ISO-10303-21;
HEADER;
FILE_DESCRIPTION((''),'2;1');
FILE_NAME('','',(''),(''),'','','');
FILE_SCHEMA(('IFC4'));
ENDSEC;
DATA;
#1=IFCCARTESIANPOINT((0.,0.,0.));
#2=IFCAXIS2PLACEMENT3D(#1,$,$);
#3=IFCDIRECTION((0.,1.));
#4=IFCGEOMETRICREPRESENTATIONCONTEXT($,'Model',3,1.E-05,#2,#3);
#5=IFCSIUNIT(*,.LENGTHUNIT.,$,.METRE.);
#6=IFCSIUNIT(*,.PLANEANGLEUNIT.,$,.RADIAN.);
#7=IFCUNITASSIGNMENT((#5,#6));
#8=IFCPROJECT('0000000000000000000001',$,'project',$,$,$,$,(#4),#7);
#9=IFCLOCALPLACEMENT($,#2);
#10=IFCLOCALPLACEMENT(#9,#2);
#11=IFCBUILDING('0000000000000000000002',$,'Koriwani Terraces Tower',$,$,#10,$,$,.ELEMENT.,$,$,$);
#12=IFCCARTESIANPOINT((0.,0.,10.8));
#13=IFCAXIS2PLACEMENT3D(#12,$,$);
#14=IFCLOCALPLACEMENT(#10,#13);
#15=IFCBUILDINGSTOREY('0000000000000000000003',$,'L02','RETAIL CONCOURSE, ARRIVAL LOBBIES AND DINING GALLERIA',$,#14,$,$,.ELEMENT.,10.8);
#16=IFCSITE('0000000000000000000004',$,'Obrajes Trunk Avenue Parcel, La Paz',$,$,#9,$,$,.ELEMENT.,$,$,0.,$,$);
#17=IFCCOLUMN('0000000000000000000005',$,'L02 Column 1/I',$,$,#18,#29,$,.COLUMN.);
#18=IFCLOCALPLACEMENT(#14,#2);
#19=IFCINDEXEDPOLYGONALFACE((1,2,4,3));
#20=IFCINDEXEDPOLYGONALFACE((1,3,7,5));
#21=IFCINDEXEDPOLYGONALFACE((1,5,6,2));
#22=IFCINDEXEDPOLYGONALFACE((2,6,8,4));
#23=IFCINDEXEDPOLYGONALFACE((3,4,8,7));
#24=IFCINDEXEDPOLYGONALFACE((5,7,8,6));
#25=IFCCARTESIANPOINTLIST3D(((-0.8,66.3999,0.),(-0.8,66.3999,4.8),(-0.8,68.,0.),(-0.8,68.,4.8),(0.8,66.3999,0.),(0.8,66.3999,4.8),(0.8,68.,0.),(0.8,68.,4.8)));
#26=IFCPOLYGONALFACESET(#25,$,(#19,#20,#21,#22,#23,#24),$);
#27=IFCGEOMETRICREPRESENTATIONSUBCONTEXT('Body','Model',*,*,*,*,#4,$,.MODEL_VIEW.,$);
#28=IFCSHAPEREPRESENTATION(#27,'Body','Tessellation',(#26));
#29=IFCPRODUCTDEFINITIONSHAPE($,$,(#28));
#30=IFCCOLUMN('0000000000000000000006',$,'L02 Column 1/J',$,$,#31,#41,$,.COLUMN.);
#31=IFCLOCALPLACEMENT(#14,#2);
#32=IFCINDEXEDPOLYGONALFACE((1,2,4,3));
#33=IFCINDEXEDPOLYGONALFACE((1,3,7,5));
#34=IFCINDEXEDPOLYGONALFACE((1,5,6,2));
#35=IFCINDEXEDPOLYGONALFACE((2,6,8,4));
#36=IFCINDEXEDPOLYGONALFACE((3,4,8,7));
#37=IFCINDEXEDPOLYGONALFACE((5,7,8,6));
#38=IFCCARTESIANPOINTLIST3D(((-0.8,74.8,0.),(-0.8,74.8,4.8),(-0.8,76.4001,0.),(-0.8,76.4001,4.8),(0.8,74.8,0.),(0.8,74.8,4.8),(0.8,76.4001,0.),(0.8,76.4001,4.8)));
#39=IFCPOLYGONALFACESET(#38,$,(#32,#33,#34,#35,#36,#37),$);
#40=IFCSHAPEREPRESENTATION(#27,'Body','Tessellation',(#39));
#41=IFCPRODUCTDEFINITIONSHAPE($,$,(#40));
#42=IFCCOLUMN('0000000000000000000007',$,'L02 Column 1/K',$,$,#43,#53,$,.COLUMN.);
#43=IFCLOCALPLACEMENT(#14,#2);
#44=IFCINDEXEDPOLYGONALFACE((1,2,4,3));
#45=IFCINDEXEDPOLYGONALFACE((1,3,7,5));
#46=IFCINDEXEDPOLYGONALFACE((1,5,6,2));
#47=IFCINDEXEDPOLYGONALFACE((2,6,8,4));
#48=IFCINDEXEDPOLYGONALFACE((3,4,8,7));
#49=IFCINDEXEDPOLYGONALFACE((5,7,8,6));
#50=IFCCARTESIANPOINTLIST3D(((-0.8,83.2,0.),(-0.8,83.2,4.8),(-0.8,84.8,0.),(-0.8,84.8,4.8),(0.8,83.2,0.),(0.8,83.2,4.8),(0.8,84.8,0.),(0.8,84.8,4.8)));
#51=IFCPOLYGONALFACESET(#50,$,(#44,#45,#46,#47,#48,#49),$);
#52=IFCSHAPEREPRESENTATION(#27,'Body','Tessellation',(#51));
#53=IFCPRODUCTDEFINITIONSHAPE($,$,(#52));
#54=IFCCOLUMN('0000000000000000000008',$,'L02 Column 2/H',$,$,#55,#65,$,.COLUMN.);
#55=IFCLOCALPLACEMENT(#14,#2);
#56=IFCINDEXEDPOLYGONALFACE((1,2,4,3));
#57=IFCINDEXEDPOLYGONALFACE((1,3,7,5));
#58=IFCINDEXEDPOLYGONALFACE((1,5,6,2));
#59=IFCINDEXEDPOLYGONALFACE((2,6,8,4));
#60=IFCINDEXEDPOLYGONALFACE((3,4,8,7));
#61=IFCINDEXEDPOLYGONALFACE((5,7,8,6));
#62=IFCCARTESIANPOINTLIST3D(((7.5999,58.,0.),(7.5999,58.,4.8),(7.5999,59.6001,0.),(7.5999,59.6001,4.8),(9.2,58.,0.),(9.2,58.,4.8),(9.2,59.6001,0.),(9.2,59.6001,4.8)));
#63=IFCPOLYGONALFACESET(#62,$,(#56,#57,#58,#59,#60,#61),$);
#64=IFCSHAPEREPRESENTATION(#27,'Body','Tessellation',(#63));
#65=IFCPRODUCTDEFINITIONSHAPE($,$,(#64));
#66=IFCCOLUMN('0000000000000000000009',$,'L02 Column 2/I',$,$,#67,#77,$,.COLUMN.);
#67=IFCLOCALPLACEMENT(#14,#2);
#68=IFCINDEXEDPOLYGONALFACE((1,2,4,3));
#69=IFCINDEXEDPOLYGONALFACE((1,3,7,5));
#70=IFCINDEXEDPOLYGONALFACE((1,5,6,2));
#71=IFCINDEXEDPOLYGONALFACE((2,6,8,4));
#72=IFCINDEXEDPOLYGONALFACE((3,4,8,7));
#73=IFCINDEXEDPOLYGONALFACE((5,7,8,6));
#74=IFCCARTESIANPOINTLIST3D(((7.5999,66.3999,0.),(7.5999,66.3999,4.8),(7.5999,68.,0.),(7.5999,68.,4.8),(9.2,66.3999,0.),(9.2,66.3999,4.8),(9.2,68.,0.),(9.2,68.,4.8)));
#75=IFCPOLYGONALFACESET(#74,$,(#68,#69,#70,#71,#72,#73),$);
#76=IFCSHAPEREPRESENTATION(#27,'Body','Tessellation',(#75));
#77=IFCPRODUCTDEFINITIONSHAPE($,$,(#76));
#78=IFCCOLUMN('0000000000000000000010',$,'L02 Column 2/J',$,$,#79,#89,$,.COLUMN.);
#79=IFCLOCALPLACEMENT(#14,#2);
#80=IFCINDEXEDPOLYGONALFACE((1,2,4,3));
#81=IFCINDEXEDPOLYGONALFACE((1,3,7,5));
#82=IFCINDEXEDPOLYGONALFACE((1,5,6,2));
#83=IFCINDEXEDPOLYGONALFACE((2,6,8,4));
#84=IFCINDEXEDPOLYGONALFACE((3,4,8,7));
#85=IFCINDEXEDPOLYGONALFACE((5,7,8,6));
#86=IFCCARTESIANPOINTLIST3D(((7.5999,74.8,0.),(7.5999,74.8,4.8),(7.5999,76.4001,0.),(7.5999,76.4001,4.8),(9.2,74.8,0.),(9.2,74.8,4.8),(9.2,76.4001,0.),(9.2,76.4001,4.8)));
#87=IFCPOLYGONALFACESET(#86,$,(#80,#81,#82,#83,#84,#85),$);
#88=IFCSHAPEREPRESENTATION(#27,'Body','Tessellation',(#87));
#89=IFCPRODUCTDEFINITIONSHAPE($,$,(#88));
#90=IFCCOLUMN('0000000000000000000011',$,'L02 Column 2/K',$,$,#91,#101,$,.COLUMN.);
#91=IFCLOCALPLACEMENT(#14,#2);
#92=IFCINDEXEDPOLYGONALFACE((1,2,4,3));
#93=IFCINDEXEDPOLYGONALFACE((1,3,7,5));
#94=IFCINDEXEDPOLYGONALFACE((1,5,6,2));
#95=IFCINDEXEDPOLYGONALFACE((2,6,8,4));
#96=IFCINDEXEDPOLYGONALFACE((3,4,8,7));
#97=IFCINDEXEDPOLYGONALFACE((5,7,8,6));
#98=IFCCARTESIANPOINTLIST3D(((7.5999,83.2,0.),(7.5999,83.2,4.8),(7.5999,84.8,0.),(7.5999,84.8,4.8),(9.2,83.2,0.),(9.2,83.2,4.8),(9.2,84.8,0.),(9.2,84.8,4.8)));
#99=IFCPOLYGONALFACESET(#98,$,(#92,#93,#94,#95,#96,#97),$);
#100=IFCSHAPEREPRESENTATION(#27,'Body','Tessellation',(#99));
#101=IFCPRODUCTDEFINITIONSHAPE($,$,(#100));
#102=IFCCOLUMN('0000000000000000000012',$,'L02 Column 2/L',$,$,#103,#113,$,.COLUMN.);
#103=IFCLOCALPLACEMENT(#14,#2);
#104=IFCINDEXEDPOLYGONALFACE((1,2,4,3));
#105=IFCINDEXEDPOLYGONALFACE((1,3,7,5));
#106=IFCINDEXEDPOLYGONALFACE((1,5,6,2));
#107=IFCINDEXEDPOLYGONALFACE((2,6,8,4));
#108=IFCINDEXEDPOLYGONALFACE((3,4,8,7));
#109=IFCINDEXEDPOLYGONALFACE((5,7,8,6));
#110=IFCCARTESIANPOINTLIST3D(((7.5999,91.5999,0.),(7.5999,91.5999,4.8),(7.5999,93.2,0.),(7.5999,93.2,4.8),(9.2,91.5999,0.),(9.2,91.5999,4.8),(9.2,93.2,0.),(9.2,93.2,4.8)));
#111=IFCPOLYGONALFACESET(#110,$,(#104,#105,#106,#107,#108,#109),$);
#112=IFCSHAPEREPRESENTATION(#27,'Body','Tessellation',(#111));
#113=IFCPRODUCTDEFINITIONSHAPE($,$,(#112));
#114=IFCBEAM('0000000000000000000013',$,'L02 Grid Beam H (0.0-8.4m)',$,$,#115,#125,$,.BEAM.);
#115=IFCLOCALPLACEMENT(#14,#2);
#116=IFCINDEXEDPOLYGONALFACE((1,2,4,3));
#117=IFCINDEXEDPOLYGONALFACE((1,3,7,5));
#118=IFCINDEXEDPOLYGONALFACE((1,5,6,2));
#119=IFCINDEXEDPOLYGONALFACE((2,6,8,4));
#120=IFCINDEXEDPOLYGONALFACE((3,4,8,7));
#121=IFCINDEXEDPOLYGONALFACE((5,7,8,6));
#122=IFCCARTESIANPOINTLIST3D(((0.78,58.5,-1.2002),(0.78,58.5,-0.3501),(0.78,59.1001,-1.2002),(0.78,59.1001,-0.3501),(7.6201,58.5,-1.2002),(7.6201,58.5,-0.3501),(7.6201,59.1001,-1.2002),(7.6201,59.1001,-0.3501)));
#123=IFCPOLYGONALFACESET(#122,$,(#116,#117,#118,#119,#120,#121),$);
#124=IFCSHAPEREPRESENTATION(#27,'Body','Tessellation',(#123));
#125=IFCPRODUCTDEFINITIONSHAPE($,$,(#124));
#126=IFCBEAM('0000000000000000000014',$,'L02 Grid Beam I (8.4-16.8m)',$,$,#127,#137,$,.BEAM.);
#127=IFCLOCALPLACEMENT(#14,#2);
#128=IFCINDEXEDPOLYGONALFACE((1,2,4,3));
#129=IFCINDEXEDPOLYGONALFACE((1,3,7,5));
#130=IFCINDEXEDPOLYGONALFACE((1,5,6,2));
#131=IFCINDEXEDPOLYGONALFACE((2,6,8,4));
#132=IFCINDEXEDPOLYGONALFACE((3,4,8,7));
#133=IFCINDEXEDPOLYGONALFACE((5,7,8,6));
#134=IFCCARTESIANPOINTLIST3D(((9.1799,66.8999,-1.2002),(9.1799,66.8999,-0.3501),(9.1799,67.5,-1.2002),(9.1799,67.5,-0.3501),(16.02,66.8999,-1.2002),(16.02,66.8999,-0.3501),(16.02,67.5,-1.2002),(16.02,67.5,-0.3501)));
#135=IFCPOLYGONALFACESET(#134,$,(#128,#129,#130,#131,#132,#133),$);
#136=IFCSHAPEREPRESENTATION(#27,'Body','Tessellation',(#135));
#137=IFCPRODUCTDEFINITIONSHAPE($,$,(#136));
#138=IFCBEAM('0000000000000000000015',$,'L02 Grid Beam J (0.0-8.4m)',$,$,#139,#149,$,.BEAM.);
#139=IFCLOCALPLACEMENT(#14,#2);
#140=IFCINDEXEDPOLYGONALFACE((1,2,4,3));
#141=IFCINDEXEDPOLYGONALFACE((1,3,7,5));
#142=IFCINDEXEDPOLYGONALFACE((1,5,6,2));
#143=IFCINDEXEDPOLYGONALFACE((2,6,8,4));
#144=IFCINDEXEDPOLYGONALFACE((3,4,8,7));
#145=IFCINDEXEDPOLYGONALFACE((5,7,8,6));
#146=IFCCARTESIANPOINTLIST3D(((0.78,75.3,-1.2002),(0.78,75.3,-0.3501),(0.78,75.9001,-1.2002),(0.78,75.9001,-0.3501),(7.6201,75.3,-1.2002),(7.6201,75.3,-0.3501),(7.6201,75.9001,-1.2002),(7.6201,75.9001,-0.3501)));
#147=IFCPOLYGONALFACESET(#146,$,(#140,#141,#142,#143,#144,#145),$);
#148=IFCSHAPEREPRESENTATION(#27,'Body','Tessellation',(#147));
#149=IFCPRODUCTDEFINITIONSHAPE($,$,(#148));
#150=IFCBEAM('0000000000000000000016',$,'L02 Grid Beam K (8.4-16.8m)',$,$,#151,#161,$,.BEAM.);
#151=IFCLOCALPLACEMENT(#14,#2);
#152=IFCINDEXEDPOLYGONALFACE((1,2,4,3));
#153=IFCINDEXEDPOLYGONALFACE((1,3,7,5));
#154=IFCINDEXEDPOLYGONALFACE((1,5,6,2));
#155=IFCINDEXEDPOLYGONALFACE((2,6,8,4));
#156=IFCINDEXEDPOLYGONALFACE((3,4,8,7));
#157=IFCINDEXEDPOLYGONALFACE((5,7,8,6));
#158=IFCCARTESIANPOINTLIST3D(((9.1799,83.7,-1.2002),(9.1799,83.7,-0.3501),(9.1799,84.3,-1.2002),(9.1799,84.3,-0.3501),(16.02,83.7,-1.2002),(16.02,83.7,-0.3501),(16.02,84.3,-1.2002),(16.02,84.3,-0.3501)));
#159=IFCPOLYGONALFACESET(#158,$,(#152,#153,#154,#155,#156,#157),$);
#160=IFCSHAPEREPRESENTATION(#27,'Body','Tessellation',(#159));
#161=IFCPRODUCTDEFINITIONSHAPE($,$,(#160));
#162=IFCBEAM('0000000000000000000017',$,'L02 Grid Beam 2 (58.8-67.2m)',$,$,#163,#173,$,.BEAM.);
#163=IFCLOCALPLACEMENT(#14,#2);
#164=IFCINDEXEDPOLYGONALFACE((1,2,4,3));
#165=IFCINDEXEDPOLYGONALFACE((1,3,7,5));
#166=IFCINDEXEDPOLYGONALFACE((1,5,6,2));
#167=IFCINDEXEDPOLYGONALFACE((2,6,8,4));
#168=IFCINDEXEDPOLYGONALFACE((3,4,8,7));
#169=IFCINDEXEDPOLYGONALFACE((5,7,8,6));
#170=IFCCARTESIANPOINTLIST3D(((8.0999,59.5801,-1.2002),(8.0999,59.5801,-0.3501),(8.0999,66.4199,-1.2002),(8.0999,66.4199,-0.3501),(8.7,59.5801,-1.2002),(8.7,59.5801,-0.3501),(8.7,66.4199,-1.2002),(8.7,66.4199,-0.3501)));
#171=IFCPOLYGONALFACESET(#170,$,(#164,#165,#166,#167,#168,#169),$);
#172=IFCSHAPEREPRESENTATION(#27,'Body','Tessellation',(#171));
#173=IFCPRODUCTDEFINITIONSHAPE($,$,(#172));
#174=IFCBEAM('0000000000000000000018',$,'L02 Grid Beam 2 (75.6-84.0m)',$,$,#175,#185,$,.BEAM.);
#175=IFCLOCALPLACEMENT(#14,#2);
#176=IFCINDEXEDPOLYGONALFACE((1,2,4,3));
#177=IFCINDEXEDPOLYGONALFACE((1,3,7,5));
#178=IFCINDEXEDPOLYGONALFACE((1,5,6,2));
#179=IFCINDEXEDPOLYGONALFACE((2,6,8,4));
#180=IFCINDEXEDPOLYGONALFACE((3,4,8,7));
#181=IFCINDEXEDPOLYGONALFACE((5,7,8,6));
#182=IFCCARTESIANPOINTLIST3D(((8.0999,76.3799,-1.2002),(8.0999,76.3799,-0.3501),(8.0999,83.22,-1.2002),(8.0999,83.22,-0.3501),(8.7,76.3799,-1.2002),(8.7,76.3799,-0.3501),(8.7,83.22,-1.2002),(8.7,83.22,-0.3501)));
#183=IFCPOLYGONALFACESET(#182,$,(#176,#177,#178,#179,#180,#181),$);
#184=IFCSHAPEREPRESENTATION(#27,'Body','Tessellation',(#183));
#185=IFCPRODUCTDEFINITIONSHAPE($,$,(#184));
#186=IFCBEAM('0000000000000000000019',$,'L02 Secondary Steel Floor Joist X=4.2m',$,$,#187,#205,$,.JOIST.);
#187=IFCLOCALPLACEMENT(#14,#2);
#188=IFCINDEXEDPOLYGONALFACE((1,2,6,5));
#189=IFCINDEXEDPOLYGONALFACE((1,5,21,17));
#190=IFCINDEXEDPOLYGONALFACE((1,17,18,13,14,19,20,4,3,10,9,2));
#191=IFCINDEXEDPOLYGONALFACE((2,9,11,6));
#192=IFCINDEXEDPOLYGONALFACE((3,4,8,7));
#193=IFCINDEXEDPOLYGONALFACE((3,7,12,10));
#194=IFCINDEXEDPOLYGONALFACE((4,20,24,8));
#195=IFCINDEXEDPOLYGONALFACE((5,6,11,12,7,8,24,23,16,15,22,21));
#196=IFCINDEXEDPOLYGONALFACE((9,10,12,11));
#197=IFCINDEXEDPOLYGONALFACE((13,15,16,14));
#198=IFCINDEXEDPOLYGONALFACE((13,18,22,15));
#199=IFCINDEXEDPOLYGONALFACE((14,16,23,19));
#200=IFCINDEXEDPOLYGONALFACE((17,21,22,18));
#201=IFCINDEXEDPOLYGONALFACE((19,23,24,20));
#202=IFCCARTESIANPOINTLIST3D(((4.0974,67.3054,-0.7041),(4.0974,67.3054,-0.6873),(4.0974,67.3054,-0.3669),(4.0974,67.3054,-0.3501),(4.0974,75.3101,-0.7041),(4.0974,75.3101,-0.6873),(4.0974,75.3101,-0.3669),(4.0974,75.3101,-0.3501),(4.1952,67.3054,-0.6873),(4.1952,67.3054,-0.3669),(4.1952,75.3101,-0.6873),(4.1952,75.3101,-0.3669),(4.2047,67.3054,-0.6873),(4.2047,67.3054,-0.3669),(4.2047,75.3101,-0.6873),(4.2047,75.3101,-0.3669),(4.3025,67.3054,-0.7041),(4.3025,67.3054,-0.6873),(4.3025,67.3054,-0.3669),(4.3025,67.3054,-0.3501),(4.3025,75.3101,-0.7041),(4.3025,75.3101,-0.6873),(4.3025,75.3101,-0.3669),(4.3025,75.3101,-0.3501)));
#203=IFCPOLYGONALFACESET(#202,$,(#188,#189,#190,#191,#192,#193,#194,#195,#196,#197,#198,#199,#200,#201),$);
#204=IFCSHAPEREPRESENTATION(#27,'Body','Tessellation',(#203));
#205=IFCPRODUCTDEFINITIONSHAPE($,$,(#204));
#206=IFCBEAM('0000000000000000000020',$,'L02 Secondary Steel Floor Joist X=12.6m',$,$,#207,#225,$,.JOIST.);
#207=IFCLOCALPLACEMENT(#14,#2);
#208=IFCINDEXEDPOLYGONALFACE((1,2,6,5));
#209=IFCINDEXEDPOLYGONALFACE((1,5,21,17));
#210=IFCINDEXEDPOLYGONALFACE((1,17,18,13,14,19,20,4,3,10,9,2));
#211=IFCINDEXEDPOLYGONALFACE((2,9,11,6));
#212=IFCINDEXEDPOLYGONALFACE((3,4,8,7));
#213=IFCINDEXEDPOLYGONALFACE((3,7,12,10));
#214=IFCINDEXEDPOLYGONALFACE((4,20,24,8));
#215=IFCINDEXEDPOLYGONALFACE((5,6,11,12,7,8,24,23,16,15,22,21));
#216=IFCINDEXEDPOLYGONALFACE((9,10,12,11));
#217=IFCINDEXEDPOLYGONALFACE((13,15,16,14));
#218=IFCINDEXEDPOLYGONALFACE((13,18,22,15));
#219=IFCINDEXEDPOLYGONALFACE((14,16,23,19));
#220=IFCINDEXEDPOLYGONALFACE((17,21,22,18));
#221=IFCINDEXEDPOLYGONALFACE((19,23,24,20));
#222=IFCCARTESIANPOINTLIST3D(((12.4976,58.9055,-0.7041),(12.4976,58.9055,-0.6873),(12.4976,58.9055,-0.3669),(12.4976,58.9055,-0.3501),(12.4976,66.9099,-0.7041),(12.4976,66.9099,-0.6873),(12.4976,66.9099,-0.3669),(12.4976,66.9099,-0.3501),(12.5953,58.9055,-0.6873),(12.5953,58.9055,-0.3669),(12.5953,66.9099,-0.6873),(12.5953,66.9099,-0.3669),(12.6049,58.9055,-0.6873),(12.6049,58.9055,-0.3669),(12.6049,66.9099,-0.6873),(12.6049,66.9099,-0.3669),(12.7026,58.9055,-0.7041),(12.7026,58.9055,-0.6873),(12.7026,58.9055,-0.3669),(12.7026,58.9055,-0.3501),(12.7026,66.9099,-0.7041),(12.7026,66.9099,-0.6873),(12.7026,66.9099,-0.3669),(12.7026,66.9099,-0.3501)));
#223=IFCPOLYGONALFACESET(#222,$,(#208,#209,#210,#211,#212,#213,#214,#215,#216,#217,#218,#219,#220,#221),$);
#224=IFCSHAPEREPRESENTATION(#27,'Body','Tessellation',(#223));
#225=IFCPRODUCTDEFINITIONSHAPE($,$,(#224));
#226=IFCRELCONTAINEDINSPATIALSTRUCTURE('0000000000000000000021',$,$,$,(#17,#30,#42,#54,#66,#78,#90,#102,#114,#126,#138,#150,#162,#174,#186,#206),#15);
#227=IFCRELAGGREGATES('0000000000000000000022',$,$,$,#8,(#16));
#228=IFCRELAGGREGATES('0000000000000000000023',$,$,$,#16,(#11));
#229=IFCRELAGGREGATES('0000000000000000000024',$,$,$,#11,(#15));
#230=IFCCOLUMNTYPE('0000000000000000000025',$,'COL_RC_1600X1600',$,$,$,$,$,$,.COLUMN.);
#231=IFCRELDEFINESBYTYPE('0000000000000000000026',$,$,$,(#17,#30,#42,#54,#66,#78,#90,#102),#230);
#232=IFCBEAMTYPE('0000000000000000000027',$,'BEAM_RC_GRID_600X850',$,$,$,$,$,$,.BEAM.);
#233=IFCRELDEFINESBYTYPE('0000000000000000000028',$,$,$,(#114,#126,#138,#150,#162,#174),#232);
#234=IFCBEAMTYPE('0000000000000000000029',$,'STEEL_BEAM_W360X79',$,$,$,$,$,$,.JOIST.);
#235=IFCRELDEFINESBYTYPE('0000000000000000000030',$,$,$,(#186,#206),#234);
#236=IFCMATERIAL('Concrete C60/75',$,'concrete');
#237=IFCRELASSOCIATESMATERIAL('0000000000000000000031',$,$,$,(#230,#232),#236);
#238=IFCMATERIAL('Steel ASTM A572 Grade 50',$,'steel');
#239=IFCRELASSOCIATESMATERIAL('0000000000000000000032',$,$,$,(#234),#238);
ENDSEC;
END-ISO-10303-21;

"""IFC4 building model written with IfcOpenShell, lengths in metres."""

from ifc_helpers import new_model, si_unit, direction, frame, origin, origin_2d, place, context, subcontext, project, spatial, rectangle, i_section, extrude, material, material_profile, profile_set, type_object, element, save


model = new_model("IFC4")

# Units and contexts
model_context = context("Model", 3, precision=1e-05, world=origin(), true_north=direction((0.0, 1.0)))
body_context = subcontext(model_context, "Body", "Model", "MODEL_VIEW")
ifc_project = project(units=[si_unit("LENGTHUNIT", "METRE"), si_unit("PLANEANGLEUNIT", "RADIAN")], contexts=[model_context])

# Site, building, storey
site_placement = place(None, origin())
site = spatial("IfcSite", under=ifc_project, at=site_placement, Name="Obrajes Trunk Avenue Parcel, La Paz", CompositionType="ELEMENT", RefElevation=0.0)
building_placement = place(site_placement, origin())
building = spatial("IfcBuilding", under=site, at=building_placement, Name="Koriwani Terraces Tower", CompositionType="ELEMENT")
storey_placement = place(building_placement, frame((0.0, 0.0, 10.8)))
storey = spatial("IfcBuildingStorey", under=building, at=storey_placement, Name="L02", Description="RETAIL CONCOURSE, ARRIVAL LOBBIES AND DINING GALLERIA", CompositionType="ELEMENT", Elevation=10.8)

# Columns
ifc_material_1 = material(Name="Concrete C60/75", Category="concrete")
ifc_material_profile_1 = material_profile(ifc_material_1, rectangle(XDim=1.6001, YDim=1.6001, at=origin_2d()), Name="Concrete C60/75", Category="LoadBearing")
ifc_profile_set_1 = profile_set([ifc_material_profile_1], Name="Concrete C60/75")
column_type = type_object("IfcColumnType", Name="COL_RC_1600X1600", PredefinedType="COLUMN", material=ifc_profile_set_1)
for number, where, z_axis, x_axis, name in (
    (1, (0.0, 67.2, 0.0), (0.0, 0.0, 1.0), (1.0, 0.0, 0.0), "L02 Column 1/I"),
    (2, (0.0, 75.6001, 0.0), (0.0, 0.0, 1.0), (1.0, 0.0, 0.0), "L02 Column 1/J"),
    (3, (0.0, 84.0, 0.0), (0.0, 0.0, 1.0), (1.0, 0.0, 0.0), "L02 Column 1/K"),
    (4, (8.3999, 58.8, 0.0), (0.0, 0.0, 1.0), (1.0, 0.0, 0.0), "L02 Column 2/H"),
    (5, (8.3999, 67.2, 0.0), (0.0, 0.0, 1.0), (1.0, 0.0, 0.0), "L02 Column 2/I"),
    (6, (8.3999, 75.6001, 0.0), (0.0, 0.0, 1.0), (1.0, 0.0, 0.0), "L02 Column 2/J"),
    (7, (8.3999, 84.0, 0.0), (0.0, 0.0, 1.0), (1.0, 0.0, 0.0), "L02 Column 2/K"),
    (8, (8.3999, 92.3999, 0.0), (0.0, 0.0, 1.0), (1.0, 0.0, 0.0), "L02 Column 2/L"),
):
    element("IfcColumn", number, at=place(storey_placement, frame(where, z_axis=z_axis, x_axis=x_axis)), inside=storey, type_object=column_type, Name=name, PredefinedType="COLUMN", context=body_context, shape_type="SweptSolid", body=[
        extrude(rectangle(XDim=1.6001, YDim=1.6001, at=origin_2d()), origin(), (0.0, 0.0, 1.0), 4.8),
    ])

# Beams
ifc_material_profile_2 = material_profile(ifc_material_1, rectangle(XDim=0.6001, YDim=0.8501, at=origin_2d()), Name="Concrete C60/75", Category="LoadBearing")
ifc_profile_set_2 = profile_set([ifc_material_profile_2], Name="Concrete C60/75")
beam_type_1 = type_object("IfcBeamType", Name="BEAM_RC_GRID_600X850", PredefinedType="BEAM", material=ifc_profile_set_2)
for number, where, z_axis, x_axis, name in (
    (9, (0.78, 58.8, -0.7751), (1.0, 0.0, 0.0), (0.0, 1.0, 0.0), "L02 Grid Beam H (0.0-8.4m)"),
    (10, (9.1799, 67.2, -0.7751), (1.0, 0.0, 0.0), (0.0, 1.0, 0.0), "L02 Grid Beam I (8.4-16.8m)"),
    (11, (0.78, 75.6001, -0.7751), (1.0, 0.0, 0.0), (0.0, 1.0, 0.0), "L02 Grid Beam J (0.0-8.4m)"),
    (12, (9.1799, 84.0, -0.7751), (1.0, 0.0, 0.0), (0.0, 1.0, 0.0), "L02 Grid Beam K (8.4-16.8m)"),
):
    element("IfcBeam", number, at=place(storey_placement, frame(where, z_axis=z_axis, x_axis=x_axis)), inside=storey, type_object=beam_type_1, Name=name, PredefinedType="BEAM", context=body_context, shape_type="SweptSolid", body=[
        extrude(rectangle(XDim=0.6001, YDim=0.8501, at=origin_2d()), origin(), (0.0, 0.0, 1.0), 6.8401),
    ])
beam_1_placement = place(storey_placement, frame((8.3999, 59.5801, -0.7751), z_axis=(0.0, 1.0, 0.0), x_axis=(-1.0, 0.0, 0.0)))
element("IfcBeam", 13, at=beam_1_placement, inside=storey, type_object=beam_type_1, Name="L02 Grid Beam 2 (58.8-67.2m)", PredefinedType="BEAM", context=body_context, shape_type="SweptSolid", body=[
    extrude(rectangle(XDim=0.6001, YDim=0.8501, at=origin_2d()), origin(), (0.0, 0.0, 1.0), 6.8398),
])
beam_2_placement = place(storey_placement, frame((8.3999, 76.3799, -0.7751), z_axis=(0.0, 1.0, 0.0), x_axis=(-1.0, 0.0, 0.0)))
element("IfcBeam", 14, at=beam_2_placement, inside=storey, type_object=beam_type_1, Name="L02 Grid Beam 2 (75.6-84.0m)", PredefinedType="BEAM", context=body_context, shape_type="SweptSolid", body=[
    extrude(rectangle(XDim=0.6001, YDim=0.8501, at=origin_2d()), origin(), (0.0, 0.0, 1.0), 6.8401),
])
ifc_material_2 = material(Name="Steel ASTM A572 Grade 50", Category="steel")
ifc_material_profile_3 = material_profile(ifc_material_2, i_section(OverallWidth=0.2051, OverallDepth=0.354, WebThickness=0.0095, FlangeThickness=0.0168, at=origin_2d()), Name="Steel ASTM A572 Grade 50", Category="LoadBearing")
ifc_profile_set_3 = profile_set([ifc_material_profile_3], Name="Steel ASTM A572 Grade 50")
beam_type_2 = type_object("IfcBeamType", Name="STEEL_BEAM_W360X79", PredefinedType="JOIST", material=ifc_profile_set_3)
beam_3_placement = place(storey_placement, frame((4.2, 67.3054, -0.5271), z_axis=(0.0, 1.0, 0.0), x_axis=(-1.0, 0.0, 0.0)))
element("IfcBeam", 15, at=beam_3_placement, inside=storey, type_object=beam_type_2, Name="L02 Secondary Steel Floor Joist X=4.2m", PredefinedType="JOIST", context=body_context, shape_type="SweptSolid", body=[
    extrude(i_section(OverallWidth=0.2051, OverallDepth=0.354, WebThickness=0.0095, FlangeThickness=0.0168, at=origin_2d()), origin(), (0.0, 0.0, 1.0), 8.0046),
])
for number, where, z_axis, x_axis, name in (
    (16, (12.6001, 58.9055, -0.5271), (0.0, 1.0, 0.0), (-1.0, 0.0, 0.0), "L02 Secondary Steel Floor Joist X=12.6m"),
):
    element("IfcBeam", number, at=place(storey_placement, frame(where, z_axis=z_axis, x_axis=x_axis)), inside=storey, type_object=beam_type_2, Name=name, PredefinedType="JOIST", context=body_context, shape_type="SweptSolid", body=[
        extrude(i_section(OverallWidth=0.2051, OverallDepth=0.354, WebThickness=0.0095, FlangeThickness=0.0168, at=origin_2d()), origin(), (0.0, 0.0, 1.0), 8.0044),
    ])

save(model, "model.ifc")
